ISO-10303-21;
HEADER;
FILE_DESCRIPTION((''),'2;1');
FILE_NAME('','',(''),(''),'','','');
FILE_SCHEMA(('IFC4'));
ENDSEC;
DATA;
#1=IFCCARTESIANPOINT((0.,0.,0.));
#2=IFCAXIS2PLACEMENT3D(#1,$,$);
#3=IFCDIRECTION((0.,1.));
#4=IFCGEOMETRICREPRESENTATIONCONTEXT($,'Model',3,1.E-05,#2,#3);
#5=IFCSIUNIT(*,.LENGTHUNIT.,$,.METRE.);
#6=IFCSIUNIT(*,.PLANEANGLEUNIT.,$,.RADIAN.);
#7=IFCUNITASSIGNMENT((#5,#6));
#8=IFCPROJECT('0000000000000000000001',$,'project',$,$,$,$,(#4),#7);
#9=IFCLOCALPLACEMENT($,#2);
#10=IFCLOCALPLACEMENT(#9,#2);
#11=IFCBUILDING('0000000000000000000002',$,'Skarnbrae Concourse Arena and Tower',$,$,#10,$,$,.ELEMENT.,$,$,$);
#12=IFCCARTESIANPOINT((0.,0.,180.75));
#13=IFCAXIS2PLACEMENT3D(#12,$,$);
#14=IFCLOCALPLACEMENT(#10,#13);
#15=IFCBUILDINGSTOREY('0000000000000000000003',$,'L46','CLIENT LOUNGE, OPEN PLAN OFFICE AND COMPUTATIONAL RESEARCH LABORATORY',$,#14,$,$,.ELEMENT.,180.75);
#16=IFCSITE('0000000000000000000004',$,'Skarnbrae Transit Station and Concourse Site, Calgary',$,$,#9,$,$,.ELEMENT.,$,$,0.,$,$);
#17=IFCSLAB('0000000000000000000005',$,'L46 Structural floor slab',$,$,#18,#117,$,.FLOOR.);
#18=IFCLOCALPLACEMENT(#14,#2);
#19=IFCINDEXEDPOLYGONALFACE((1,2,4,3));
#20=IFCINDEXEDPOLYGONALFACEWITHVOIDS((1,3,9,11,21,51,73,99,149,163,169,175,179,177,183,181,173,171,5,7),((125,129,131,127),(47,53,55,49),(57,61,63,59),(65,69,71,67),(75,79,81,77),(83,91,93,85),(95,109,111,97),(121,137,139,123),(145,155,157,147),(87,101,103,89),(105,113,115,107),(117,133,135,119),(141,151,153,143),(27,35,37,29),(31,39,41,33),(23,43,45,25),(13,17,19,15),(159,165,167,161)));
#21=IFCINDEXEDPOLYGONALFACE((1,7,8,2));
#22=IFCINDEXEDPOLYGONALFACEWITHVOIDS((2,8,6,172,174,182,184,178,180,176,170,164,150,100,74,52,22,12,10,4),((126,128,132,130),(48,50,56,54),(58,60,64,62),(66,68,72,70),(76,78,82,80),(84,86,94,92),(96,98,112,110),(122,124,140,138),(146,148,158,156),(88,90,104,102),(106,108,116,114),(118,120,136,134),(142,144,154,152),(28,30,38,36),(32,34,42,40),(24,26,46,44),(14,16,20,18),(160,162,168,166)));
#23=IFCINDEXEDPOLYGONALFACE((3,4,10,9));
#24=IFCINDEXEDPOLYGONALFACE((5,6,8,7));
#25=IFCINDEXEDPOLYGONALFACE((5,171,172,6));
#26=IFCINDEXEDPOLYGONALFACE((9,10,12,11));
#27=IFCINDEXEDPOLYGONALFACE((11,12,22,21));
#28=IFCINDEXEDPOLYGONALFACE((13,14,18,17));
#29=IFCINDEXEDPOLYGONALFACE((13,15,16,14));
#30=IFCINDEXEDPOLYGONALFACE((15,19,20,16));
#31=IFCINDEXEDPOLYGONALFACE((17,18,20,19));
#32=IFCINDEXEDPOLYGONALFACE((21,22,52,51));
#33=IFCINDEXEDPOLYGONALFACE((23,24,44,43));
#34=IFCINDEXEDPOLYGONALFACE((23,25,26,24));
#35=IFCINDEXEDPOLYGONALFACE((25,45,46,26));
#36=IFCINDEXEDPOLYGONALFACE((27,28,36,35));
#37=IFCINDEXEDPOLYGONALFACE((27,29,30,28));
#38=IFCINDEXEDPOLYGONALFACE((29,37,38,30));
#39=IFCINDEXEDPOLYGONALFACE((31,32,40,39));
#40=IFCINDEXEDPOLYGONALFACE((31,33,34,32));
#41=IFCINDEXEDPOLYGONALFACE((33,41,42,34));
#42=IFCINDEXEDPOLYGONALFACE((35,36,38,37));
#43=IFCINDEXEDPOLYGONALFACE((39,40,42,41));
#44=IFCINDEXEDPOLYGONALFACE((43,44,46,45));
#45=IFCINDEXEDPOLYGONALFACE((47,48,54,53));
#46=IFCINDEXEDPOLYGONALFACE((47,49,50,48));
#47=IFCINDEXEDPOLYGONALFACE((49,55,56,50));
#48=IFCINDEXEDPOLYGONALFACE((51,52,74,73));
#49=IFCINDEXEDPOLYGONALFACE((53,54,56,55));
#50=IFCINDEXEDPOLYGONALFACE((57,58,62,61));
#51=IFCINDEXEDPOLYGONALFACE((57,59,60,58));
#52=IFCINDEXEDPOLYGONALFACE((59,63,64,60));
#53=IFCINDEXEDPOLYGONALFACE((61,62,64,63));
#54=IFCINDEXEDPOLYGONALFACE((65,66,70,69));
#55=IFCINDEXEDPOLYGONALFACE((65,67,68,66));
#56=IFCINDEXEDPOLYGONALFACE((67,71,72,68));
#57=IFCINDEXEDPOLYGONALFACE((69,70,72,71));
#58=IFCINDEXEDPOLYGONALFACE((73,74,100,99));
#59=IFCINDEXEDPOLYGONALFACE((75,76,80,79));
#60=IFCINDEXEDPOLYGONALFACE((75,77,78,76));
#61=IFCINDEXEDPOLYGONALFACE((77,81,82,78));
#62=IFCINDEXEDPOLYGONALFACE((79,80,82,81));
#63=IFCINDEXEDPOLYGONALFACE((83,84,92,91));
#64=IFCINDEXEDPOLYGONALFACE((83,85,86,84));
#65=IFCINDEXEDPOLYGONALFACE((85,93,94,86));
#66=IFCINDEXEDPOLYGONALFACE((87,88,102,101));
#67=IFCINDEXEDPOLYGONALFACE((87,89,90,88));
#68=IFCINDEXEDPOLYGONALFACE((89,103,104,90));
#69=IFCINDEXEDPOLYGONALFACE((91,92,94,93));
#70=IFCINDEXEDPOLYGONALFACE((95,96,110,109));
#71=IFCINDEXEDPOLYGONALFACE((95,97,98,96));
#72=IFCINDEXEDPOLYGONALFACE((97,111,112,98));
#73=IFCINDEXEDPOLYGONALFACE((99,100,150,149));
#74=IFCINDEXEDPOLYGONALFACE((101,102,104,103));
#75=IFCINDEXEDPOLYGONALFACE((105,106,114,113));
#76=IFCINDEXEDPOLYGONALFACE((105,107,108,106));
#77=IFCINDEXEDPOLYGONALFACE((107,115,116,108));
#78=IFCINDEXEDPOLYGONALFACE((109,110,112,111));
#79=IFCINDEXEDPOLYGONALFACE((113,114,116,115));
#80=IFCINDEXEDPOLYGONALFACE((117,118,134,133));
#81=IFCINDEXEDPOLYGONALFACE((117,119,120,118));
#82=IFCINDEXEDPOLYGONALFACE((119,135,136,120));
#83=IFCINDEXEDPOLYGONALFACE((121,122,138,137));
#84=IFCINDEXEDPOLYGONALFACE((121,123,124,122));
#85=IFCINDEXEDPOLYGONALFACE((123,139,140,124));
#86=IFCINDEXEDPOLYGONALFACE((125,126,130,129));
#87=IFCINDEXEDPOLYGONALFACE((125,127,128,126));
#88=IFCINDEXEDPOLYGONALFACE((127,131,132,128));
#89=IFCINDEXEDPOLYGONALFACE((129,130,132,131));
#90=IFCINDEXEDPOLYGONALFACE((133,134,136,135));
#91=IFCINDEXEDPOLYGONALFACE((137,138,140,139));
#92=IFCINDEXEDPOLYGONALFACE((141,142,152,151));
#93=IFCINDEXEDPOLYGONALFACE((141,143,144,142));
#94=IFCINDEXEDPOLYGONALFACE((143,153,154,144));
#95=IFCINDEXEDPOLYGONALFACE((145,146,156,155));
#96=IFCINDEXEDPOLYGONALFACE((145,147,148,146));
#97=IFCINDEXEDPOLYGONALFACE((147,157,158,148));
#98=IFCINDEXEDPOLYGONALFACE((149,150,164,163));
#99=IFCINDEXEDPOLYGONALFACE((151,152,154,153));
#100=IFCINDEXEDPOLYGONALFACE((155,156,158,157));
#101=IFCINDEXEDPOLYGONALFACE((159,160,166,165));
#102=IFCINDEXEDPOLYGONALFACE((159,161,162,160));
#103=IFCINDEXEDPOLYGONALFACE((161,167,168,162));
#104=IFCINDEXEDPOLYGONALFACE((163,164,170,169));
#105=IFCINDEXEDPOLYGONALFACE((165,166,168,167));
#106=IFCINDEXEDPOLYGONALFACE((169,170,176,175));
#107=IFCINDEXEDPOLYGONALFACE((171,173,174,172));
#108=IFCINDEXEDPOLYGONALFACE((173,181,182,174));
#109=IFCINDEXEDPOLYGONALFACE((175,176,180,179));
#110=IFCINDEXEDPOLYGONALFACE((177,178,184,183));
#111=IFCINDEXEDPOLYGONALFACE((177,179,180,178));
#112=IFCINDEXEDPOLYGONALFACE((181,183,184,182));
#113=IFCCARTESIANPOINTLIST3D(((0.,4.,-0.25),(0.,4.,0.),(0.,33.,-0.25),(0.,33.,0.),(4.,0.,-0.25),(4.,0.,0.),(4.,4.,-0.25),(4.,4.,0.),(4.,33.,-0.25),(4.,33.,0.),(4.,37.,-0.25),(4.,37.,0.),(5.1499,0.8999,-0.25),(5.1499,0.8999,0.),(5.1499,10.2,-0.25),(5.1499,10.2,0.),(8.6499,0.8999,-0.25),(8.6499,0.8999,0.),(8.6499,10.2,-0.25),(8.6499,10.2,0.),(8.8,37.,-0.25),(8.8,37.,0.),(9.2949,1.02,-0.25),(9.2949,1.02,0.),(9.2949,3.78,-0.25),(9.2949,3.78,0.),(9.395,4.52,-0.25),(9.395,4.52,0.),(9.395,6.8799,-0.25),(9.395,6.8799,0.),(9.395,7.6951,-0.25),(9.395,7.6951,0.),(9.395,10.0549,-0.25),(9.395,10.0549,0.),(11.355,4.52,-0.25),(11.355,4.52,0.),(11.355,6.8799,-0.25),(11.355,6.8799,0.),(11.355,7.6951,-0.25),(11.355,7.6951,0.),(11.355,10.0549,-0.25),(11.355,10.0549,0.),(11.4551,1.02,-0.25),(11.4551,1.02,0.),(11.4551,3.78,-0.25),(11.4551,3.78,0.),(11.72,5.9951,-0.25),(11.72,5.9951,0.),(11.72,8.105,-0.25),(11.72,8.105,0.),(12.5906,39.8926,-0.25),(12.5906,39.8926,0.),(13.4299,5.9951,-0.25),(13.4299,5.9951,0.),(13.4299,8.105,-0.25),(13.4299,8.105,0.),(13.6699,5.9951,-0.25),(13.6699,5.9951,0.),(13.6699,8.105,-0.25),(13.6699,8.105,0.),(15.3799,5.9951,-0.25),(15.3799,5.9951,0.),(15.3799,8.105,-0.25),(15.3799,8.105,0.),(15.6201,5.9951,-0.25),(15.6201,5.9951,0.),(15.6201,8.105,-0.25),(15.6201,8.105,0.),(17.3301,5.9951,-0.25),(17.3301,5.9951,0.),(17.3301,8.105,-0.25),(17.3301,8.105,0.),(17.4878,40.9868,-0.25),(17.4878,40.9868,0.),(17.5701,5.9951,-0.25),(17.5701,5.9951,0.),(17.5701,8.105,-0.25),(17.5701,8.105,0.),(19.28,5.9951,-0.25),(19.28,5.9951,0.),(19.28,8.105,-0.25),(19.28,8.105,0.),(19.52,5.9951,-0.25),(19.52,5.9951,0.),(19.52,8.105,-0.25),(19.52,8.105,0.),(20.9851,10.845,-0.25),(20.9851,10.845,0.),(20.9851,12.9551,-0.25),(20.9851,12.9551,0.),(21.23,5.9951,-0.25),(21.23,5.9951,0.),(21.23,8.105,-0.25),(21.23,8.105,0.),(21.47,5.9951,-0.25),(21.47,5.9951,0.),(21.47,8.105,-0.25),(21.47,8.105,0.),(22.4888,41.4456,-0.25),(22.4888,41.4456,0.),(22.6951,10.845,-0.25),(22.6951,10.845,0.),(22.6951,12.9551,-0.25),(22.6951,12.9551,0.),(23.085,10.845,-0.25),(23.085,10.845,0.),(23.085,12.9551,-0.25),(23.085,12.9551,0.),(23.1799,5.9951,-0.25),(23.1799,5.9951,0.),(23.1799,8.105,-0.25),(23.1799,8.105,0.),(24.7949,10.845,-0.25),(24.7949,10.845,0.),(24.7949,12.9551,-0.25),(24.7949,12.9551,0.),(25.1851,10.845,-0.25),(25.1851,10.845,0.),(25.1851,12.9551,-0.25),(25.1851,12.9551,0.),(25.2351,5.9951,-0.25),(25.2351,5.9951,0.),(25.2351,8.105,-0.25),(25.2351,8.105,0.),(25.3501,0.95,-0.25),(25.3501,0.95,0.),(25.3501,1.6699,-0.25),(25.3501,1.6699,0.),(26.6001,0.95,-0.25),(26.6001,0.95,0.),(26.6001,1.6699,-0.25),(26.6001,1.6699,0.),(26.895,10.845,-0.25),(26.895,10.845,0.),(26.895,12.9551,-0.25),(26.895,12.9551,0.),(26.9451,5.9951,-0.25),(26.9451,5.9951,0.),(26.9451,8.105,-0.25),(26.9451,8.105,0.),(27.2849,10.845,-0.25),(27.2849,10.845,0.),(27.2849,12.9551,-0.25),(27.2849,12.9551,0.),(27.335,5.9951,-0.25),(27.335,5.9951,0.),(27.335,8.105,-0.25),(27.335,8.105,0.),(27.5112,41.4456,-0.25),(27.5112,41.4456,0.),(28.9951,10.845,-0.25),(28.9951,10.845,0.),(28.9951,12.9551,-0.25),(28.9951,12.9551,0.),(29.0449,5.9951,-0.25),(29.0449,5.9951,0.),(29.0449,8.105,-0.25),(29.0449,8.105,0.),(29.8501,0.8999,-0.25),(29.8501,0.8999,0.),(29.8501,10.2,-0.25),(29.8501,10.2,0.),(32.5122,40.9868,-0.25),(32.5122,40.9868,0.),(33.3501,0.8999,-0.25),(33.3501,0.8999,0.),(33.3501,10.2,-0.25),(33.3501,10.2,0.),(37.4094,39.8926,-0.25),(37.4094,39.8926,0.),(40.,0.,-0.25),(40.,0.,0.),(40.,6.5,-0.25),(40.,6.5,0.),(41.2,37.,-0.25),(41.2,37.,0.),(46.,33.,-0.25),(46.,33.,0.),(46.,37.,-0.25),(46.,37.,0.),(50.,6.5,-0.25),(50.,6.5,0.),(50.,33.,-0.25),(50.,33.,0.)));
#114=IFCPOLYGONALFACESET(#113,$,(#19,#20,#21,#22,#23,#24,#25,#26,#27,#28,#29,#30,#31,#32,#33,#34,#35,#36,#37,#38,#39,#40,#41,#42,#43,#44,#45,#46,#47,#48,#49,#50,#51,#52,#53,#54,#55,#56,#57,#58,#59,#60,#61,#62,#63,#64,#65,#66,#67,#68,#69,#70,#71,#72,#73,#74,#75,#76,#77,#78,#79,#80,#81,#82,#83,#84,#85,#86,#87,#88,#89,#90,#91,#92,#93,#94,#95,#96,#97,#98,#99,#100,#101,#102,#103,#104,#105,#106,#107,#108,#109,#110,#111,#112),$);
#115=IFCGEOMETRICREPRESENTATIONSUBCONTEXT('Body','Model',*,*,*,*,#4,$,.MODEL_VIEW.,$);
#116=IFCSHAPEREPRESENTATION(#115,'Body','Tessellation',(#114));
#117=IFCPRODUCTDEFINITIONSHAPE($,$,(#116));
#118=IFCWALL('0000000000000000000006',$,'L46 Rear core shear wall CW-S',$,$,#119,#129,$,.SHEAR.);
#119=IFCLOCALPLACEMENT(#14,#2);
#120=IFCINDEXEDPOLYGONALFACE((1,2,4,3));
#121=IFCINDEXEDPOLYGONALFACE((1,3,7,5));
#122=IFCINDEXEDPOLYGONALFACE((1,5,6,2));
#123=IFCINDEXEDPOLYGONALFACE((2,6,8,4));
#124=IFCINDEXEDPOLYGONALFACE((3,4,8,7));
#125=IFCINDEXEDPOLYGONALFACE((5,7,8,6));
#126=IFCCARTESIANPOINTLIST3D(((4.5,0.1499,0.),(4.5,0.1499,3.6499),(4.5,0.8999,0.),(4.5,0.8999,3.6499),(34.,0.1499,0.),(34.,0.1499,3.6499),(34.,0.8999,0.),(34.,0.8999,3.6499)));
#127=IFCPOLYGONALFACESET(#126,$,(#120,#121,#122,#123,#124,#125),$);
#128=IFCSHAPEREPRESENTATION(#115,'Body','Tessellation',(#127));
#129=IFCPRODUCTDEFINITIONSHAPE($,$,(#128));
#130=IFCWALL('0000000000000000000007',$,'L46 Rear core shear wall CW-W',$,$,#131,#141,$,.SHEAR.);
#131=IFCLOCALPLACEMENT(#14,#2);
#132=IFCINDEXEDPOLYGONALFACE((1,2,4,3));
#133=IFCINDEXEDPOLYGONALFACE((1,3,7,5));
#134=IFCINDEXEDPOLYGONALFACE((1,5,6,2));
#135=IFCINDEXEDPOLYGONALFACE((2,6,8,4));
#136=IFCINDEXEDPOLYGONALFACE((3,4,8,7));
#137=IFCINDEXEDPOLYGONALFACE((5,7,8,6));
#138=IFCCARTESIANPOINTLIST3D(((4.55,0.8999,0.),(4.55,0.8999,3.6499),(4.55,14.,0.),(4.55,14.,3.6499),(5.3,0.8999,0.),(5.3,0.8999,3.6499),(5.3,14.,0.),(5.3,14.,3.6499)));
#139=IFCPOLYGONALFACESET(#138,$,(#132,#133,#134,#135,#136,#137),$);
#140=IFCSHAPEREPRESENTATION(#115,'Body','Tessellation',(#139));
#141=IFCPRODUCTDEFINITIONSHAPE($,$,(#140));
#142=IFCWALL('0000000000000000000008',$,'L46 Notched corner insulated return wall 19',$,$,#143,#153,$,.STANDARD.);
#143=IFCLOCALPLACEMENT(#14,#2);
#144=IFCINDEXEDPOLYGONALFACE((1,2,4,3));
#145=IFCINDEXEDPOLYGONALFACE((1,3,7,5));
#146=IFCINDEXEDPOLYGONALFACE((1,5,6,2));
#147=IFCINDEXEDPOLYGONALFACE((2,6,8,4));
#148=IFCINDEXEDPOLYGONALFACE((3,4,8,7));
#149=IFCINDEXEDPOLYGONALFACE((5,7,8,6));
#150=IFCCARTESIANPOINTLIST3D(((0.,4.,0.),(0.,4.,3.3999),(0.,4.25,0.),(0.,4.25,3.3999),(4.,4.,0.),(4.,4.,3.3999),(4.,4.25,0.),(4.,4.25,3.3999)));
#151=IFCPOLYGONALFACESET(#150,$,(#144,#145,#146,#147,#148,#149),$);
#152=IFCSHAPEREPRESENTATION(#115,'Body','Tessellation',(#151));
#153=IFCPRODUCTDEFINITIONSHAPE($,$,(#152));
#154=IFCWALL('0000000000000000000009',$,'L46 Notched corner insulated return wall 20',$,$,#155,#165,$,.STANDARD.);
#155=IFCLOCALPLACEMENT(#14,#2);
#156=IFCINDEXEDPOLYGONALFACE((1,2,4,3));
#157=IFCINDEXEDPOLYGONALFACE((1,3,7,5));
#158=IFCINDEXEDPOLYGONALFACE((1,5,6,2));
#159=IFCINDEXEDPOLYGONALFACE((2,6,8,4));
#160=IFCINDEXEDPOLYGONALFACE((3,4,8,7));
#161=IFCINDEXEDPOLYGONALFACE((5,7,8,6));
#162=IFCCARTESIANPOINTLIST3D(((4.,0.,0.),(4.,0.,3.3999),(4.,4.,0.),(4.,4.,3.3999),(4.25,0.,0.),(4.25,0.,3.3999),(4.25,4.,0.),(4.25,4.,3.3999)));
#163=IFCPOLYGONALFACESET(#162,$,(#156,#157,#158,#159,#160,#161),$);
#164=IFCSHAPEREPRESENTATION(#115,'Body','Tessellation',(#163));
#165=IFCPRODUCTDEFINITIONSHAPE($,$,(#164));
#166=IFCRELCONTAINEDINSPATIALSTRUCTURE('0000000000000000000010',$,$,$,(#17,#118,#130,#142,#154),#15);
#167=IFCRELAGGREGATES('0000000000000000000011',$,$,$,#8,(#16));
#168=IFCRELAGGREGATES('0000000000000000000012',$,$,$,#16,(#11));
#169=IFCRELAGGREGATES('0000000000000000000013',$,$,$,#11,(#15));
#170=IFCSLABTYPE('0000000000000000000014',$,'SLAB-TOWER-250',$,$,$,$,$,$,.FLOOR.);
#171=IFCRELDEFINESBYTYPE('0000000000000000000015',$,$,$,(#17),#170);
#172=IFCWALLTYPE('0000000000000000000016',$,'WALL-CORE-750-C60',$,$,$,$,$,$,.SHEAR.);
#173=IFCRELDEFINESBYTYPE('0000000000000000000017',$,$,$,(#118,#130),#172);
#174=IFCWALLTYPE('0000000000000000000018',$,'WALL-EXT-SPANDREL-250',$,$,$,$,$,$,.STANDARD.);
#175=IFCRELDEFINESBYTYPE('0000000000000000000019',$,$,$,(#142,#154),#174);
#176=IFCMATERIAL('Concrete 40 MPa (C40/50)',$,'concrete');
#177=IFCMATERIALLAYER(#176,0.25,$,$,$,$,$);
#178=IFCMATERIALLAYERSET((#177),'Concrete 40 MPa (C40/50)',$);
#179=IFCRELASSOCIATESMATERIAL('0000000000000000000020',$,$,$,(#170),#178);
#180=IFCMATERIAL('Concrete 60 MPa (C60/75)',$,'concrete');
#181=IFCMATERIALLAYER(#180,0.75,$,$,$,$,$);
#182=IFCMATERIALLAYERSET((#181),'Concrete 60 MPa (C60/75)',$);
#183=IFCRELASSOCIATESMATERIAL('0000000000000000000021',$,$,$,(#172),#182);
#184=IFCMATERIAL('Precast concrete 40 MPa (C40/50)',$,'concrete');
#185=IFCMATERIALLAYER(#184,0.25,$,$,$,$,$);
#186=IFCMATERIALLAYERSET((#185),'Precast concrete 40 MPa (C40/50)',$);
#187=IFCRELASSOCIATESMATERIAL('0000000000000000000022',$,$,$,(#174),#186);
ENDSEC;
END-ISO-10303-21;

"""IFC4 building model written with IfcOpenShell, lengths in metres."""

from ifc_helpers import new_model, si_unit, direction, frame, frame_2d, origin, place, context, subcontext, project, spatial, polyline, rectangle, outline, extrude, source, transform, mapped, material, layer, layer_set, type_object, element, save


model = new_model("IFC4")

# Units and contexts
model_context = context("Model", 3, precision=1e-05, world=origin(), true_north=direction((0.0, 1.0)))
body_context = subcontext(model_context, "Body", "Model", "MODEL_VIEW")
ifc_project = project(units=[si_unit("LENGTHUNIT", "METRE"), si_unit("PLANEANGLEUNIT", "RADIAN")], contexts=[model_context])

# Site, building, storey
site_placement = place(None, origin())
site = spatial("IfcSite", under=ifc_project, at=site_placement, Name="Skarnbrae Transit Station and Concourse Site, Calgary", CompositionType="ELEMENT", RefElevation=0.0)
building_placement = place(site_placement, origin())
building = spatial("IfcBuilding", under=site, at=building_placement, Name="Skarnbrae Concourse Arena and Tower", CompositionType="ELEMENT")
storey_placement = place(building_placement, frame((0.0, 0.0, 180.75)))
storey = spatial("IfcBuildingStorey", under=building, at=storey_placement, Name="L46", Description="CLIENT LOUNGE, OPEN PLAN OFFICE AND COMPUTATIONAL RESEARCH LABORATORY", CompositionType="ELEMENT", Elevation=180.75)

# Shared definitions
ifc_material_1 = material(Name="Concrete 40 MPa (C40/50)", Category="concrete")

# Slab
ifc_layer_1 = layer(ifc_material_1, 0.25)
ifc_layer_set_1 = layer_set([ifc_layer_1], Name="Concrete 40 MPa (C40/50)")
slab_type_1 = type_object("IfcSlabType", Name="SLAB-TOWER-250", PredefinedType="FLOOR", material=ifc_layer_set_1)
slab_1_placement = place(storey_placement, frame((0.0, 0.0, -0.25)))
element("IfcSlab", 1, at=slab_1_placement, inside=storey, type_object=slab_type_1, Name="L46 Structural floor slab", PredefinedType="FLOOR", context=body_context, shape_type="SweptSolid", body=[
    extrude(outline(polyline([(4.0, 0.0), (40.0, 0.0), (40.0, 6.5), (50.0, 6.5), (50.0, 33.0), (46.0, 33.0), (46.0, 37.0), (41.2, 37.0), (37.4094, 39.8926), (32.5122, 40.9868), (27.5112, 41.4456), (22.4888, 41.4456), (17.4878, 40.9868), (12.5906, 39.8926), (8.8, 37.0), (4.0, 37.0), (4.0, 33.0), (0.0, 33.0), (0.0, 4.0), (4.0, 4.0), (4.0, 0.0)]), holes=[polyline([(9.2949, 3.78), (11.4551, 3.78), (11.4551, 1.02), (9.2949, 1.02), (9.2949, 3.78)]), polyline([(8.6499, 10.2), (8.6499, 0.8999), (5.1499, 0.8999), (5.1499, 10.2), (8.6499, 10.2)]), polyline([(9.395, 6.8799), (11.355, 6.8799), (11.355, 4.52), (9.395, 4.52), (9.395, 6.8799)]), polyline([(11.72, 8.105), (13.4299, 8.105), (13.4299, 5.9951), (11.72, 5.9951), (11.72, 8.105)]), polyline([(13.6699, 8.105), (15.3799, 8.105), (15.3799, 5.9951), (13.6699, 5.9951), (13.6699, 8.105)]), polyline([(15.6201, 8.105), (17.3301, 8.105), (17.3301, 5.9951), (15.6201, 5.9951), (15.6201, 8.105)]), polyline([(17.5701, 8.105), (19.28, 8.105), (19.28, 5.9951), (17.5701, 5.9951), (17.5701, 8.105)]), polyline([(21.23, 8.105), (21.23, 5.9951), (19.52, 5.9951), (19.52, 8.105), (21.23, 8.105)]), polyline([(11.355, 10.0549), (11.355, 7.6951), (9.395, 7.6951), (9.395, 10.0549), (11.355, 10.0549)]), polyline([(25.3501, 1.6699), (26.6001, 1.6699), (26.6001, 0.95), (25.3501, 0.95), (25.3501, 1.6699)]), polyline([(33.3501, 10.2), (33.3501, 0.8999), (29.8501, 0.8999), (29.8501, 10.2), (33.3501, 10.2)]), polyline([(21.47, 8.105), (23.1799, 8.105), (23.1799, 5.9951), (21.47, 5.9951), (21.47, 8.105)]), polyline([(25.2351, 8.105), (26.9451, 8.105), (26.9451, 5.9951), (25.2351, 5.9951), (25.2351, 8.105)]), polyline([(27.335, 8.105), (29.0449, 8.105), (29.0449, 5.9951), (27.335, 5.9951), (27.335, 8.105)]), polyline([(20.9851, 12.9551), (22.6951, 12.9551), (22.6951, 10.845), (20.9851, 10.845), (20.9851, 12.9551)]), polyline([(23.085, 12.9551), (24.7949, 12.9551), (24.7949, 10.845), (23.085, 10.845), (23.085, 12.9551)]), polyline([(26.895, 12.9551), (26.895, 10.845), (25.1851, 10.845), (25.1851, 12.9551), (26.895, 12.9551)]), polyline([(28.9951, 12.9551), (28.9951, 10.845), (27.2849, 10.845), (27.2849, 12.9551), (28.9951, 12.9551)])]), origin(), (0.0, 0.0, 1.0), 0.25),
])

# Walls
ifc_material_2 = material(Name="Concrete 60 MPa (C60/75)", Category="concrete")
ifc_layer_2 = layer(ifc_material_2, 0.75)
ifc_layer_set_2 = layer_set([ifc_layer_2], Name="Concrete 60 MPa (C60/75)")
wall_type_1 = type_object("IfcWallType", Name="WALL-CORE-750-C60", PredefinedType="SHEAR", material=ifc_layer_set_2)
shared_shape_1 = source(origin(), body_context, "Body", "SweptSolid", [
    extrude(rectangle(XDim=29.5, YDim=0.75, at=frame_2d((14.75, 0.0))), origin(), (0.0, 0.0, 1.0), 3.6499),
])
wall_1_placement = place(storey_placement, frame((4.5, 0.5249, 0.0), z_axis=(0.0, 0.0, 1.0), x_axis=(1.0, 0.0, 0.0)))
element("IfcWall", 2, at=wall_1_placement, inside=storey, type_object=wall_type_1, Name="L46 Rear core shear wall CW-S", PredefinedType="SHEAR", context=body_context, shape_type="MappedRepresentation", body=[
    mapped(shared_shape_1, transform((0.0, 0.0, 0.0))),
])
shared_shape_2 = source(origin(), body_context, "Body", "SweptSolid", [
    extrude(rectangle(XDim=13.1001, YDim=0.75, at=frame_2d((6.55, 0.0))), origin(), (0.0, 0.0, 1.0), 3.6499),
])
wall_2_placement = place(storey_placement, frame((4.925, 0.8999, 0.0), z_axis=(0.0, 0.0, 1.0), x_axis=(0.0, 1.0, 0.0)))
element("IfcWall", 3, at=wall_2_placement, inside=storey, type_object=wall_type_1, Name="L46 Rear core shear wall CW-W", PredefinedType="SHEAR", context=body_context, shape_type="MappedRepresentation", body=[
    mapped(shared_shape_2, transform((0.0, 0.0, 0.0))),
])
ifc_material_3 = material(Name="Precast concrete 40 MPa (C40/50)", Category="concrete")
ifc_layer_3 = layer(ifc_material_3, 0.25)
ifc_layer_set_3 = layer_set([ifc_layer_3], Name="Precast concrete 40 MPa (C40/50)")
wall_type_2 = type_object("IfcWallType", Name="WALL-EXT-SPANDREL-250", PredefinedType="STANDARD", material=ifc_layer_set_3)
shared_shape_3 = source(origin(), body_context, "Body", "SweptSolid", [
    extrude(rectangle(XDim=4.0, YDim=0.25, at=frame_2d((2.0, 0.0))), origin(), (0.0, 0.0, 1.0), 3.3999),
])
for number, where, z_axis, x_axis, name in (
    (4, (0.0, 4.125, 0.0), (0.0, 0.0, 1.0), (1.0, 0.0, 0.0), "L46 Notched corner insulated return wall 19"),
    (5, (4.125, 4.0, 0.0), (0.0, 0.0, 1.0), (0.0, -1.0, 0.0), "L46 Notched corner insulated return wall 20"),
):
    element("IfcWall", number, at=place(storey_placement, frame(where, z_axis=z_axis, x_axis=x_axis)), inside=storey, type_object=wall_type_2, Name=name, PredefinedType="STANDARD", context=body_context, shape_type="MappedRepresentation", body=[
        mapped(shared_shape_3, transform((0.0, 0.0, 0.0))),
    ])

save(model, "model.ifc")
